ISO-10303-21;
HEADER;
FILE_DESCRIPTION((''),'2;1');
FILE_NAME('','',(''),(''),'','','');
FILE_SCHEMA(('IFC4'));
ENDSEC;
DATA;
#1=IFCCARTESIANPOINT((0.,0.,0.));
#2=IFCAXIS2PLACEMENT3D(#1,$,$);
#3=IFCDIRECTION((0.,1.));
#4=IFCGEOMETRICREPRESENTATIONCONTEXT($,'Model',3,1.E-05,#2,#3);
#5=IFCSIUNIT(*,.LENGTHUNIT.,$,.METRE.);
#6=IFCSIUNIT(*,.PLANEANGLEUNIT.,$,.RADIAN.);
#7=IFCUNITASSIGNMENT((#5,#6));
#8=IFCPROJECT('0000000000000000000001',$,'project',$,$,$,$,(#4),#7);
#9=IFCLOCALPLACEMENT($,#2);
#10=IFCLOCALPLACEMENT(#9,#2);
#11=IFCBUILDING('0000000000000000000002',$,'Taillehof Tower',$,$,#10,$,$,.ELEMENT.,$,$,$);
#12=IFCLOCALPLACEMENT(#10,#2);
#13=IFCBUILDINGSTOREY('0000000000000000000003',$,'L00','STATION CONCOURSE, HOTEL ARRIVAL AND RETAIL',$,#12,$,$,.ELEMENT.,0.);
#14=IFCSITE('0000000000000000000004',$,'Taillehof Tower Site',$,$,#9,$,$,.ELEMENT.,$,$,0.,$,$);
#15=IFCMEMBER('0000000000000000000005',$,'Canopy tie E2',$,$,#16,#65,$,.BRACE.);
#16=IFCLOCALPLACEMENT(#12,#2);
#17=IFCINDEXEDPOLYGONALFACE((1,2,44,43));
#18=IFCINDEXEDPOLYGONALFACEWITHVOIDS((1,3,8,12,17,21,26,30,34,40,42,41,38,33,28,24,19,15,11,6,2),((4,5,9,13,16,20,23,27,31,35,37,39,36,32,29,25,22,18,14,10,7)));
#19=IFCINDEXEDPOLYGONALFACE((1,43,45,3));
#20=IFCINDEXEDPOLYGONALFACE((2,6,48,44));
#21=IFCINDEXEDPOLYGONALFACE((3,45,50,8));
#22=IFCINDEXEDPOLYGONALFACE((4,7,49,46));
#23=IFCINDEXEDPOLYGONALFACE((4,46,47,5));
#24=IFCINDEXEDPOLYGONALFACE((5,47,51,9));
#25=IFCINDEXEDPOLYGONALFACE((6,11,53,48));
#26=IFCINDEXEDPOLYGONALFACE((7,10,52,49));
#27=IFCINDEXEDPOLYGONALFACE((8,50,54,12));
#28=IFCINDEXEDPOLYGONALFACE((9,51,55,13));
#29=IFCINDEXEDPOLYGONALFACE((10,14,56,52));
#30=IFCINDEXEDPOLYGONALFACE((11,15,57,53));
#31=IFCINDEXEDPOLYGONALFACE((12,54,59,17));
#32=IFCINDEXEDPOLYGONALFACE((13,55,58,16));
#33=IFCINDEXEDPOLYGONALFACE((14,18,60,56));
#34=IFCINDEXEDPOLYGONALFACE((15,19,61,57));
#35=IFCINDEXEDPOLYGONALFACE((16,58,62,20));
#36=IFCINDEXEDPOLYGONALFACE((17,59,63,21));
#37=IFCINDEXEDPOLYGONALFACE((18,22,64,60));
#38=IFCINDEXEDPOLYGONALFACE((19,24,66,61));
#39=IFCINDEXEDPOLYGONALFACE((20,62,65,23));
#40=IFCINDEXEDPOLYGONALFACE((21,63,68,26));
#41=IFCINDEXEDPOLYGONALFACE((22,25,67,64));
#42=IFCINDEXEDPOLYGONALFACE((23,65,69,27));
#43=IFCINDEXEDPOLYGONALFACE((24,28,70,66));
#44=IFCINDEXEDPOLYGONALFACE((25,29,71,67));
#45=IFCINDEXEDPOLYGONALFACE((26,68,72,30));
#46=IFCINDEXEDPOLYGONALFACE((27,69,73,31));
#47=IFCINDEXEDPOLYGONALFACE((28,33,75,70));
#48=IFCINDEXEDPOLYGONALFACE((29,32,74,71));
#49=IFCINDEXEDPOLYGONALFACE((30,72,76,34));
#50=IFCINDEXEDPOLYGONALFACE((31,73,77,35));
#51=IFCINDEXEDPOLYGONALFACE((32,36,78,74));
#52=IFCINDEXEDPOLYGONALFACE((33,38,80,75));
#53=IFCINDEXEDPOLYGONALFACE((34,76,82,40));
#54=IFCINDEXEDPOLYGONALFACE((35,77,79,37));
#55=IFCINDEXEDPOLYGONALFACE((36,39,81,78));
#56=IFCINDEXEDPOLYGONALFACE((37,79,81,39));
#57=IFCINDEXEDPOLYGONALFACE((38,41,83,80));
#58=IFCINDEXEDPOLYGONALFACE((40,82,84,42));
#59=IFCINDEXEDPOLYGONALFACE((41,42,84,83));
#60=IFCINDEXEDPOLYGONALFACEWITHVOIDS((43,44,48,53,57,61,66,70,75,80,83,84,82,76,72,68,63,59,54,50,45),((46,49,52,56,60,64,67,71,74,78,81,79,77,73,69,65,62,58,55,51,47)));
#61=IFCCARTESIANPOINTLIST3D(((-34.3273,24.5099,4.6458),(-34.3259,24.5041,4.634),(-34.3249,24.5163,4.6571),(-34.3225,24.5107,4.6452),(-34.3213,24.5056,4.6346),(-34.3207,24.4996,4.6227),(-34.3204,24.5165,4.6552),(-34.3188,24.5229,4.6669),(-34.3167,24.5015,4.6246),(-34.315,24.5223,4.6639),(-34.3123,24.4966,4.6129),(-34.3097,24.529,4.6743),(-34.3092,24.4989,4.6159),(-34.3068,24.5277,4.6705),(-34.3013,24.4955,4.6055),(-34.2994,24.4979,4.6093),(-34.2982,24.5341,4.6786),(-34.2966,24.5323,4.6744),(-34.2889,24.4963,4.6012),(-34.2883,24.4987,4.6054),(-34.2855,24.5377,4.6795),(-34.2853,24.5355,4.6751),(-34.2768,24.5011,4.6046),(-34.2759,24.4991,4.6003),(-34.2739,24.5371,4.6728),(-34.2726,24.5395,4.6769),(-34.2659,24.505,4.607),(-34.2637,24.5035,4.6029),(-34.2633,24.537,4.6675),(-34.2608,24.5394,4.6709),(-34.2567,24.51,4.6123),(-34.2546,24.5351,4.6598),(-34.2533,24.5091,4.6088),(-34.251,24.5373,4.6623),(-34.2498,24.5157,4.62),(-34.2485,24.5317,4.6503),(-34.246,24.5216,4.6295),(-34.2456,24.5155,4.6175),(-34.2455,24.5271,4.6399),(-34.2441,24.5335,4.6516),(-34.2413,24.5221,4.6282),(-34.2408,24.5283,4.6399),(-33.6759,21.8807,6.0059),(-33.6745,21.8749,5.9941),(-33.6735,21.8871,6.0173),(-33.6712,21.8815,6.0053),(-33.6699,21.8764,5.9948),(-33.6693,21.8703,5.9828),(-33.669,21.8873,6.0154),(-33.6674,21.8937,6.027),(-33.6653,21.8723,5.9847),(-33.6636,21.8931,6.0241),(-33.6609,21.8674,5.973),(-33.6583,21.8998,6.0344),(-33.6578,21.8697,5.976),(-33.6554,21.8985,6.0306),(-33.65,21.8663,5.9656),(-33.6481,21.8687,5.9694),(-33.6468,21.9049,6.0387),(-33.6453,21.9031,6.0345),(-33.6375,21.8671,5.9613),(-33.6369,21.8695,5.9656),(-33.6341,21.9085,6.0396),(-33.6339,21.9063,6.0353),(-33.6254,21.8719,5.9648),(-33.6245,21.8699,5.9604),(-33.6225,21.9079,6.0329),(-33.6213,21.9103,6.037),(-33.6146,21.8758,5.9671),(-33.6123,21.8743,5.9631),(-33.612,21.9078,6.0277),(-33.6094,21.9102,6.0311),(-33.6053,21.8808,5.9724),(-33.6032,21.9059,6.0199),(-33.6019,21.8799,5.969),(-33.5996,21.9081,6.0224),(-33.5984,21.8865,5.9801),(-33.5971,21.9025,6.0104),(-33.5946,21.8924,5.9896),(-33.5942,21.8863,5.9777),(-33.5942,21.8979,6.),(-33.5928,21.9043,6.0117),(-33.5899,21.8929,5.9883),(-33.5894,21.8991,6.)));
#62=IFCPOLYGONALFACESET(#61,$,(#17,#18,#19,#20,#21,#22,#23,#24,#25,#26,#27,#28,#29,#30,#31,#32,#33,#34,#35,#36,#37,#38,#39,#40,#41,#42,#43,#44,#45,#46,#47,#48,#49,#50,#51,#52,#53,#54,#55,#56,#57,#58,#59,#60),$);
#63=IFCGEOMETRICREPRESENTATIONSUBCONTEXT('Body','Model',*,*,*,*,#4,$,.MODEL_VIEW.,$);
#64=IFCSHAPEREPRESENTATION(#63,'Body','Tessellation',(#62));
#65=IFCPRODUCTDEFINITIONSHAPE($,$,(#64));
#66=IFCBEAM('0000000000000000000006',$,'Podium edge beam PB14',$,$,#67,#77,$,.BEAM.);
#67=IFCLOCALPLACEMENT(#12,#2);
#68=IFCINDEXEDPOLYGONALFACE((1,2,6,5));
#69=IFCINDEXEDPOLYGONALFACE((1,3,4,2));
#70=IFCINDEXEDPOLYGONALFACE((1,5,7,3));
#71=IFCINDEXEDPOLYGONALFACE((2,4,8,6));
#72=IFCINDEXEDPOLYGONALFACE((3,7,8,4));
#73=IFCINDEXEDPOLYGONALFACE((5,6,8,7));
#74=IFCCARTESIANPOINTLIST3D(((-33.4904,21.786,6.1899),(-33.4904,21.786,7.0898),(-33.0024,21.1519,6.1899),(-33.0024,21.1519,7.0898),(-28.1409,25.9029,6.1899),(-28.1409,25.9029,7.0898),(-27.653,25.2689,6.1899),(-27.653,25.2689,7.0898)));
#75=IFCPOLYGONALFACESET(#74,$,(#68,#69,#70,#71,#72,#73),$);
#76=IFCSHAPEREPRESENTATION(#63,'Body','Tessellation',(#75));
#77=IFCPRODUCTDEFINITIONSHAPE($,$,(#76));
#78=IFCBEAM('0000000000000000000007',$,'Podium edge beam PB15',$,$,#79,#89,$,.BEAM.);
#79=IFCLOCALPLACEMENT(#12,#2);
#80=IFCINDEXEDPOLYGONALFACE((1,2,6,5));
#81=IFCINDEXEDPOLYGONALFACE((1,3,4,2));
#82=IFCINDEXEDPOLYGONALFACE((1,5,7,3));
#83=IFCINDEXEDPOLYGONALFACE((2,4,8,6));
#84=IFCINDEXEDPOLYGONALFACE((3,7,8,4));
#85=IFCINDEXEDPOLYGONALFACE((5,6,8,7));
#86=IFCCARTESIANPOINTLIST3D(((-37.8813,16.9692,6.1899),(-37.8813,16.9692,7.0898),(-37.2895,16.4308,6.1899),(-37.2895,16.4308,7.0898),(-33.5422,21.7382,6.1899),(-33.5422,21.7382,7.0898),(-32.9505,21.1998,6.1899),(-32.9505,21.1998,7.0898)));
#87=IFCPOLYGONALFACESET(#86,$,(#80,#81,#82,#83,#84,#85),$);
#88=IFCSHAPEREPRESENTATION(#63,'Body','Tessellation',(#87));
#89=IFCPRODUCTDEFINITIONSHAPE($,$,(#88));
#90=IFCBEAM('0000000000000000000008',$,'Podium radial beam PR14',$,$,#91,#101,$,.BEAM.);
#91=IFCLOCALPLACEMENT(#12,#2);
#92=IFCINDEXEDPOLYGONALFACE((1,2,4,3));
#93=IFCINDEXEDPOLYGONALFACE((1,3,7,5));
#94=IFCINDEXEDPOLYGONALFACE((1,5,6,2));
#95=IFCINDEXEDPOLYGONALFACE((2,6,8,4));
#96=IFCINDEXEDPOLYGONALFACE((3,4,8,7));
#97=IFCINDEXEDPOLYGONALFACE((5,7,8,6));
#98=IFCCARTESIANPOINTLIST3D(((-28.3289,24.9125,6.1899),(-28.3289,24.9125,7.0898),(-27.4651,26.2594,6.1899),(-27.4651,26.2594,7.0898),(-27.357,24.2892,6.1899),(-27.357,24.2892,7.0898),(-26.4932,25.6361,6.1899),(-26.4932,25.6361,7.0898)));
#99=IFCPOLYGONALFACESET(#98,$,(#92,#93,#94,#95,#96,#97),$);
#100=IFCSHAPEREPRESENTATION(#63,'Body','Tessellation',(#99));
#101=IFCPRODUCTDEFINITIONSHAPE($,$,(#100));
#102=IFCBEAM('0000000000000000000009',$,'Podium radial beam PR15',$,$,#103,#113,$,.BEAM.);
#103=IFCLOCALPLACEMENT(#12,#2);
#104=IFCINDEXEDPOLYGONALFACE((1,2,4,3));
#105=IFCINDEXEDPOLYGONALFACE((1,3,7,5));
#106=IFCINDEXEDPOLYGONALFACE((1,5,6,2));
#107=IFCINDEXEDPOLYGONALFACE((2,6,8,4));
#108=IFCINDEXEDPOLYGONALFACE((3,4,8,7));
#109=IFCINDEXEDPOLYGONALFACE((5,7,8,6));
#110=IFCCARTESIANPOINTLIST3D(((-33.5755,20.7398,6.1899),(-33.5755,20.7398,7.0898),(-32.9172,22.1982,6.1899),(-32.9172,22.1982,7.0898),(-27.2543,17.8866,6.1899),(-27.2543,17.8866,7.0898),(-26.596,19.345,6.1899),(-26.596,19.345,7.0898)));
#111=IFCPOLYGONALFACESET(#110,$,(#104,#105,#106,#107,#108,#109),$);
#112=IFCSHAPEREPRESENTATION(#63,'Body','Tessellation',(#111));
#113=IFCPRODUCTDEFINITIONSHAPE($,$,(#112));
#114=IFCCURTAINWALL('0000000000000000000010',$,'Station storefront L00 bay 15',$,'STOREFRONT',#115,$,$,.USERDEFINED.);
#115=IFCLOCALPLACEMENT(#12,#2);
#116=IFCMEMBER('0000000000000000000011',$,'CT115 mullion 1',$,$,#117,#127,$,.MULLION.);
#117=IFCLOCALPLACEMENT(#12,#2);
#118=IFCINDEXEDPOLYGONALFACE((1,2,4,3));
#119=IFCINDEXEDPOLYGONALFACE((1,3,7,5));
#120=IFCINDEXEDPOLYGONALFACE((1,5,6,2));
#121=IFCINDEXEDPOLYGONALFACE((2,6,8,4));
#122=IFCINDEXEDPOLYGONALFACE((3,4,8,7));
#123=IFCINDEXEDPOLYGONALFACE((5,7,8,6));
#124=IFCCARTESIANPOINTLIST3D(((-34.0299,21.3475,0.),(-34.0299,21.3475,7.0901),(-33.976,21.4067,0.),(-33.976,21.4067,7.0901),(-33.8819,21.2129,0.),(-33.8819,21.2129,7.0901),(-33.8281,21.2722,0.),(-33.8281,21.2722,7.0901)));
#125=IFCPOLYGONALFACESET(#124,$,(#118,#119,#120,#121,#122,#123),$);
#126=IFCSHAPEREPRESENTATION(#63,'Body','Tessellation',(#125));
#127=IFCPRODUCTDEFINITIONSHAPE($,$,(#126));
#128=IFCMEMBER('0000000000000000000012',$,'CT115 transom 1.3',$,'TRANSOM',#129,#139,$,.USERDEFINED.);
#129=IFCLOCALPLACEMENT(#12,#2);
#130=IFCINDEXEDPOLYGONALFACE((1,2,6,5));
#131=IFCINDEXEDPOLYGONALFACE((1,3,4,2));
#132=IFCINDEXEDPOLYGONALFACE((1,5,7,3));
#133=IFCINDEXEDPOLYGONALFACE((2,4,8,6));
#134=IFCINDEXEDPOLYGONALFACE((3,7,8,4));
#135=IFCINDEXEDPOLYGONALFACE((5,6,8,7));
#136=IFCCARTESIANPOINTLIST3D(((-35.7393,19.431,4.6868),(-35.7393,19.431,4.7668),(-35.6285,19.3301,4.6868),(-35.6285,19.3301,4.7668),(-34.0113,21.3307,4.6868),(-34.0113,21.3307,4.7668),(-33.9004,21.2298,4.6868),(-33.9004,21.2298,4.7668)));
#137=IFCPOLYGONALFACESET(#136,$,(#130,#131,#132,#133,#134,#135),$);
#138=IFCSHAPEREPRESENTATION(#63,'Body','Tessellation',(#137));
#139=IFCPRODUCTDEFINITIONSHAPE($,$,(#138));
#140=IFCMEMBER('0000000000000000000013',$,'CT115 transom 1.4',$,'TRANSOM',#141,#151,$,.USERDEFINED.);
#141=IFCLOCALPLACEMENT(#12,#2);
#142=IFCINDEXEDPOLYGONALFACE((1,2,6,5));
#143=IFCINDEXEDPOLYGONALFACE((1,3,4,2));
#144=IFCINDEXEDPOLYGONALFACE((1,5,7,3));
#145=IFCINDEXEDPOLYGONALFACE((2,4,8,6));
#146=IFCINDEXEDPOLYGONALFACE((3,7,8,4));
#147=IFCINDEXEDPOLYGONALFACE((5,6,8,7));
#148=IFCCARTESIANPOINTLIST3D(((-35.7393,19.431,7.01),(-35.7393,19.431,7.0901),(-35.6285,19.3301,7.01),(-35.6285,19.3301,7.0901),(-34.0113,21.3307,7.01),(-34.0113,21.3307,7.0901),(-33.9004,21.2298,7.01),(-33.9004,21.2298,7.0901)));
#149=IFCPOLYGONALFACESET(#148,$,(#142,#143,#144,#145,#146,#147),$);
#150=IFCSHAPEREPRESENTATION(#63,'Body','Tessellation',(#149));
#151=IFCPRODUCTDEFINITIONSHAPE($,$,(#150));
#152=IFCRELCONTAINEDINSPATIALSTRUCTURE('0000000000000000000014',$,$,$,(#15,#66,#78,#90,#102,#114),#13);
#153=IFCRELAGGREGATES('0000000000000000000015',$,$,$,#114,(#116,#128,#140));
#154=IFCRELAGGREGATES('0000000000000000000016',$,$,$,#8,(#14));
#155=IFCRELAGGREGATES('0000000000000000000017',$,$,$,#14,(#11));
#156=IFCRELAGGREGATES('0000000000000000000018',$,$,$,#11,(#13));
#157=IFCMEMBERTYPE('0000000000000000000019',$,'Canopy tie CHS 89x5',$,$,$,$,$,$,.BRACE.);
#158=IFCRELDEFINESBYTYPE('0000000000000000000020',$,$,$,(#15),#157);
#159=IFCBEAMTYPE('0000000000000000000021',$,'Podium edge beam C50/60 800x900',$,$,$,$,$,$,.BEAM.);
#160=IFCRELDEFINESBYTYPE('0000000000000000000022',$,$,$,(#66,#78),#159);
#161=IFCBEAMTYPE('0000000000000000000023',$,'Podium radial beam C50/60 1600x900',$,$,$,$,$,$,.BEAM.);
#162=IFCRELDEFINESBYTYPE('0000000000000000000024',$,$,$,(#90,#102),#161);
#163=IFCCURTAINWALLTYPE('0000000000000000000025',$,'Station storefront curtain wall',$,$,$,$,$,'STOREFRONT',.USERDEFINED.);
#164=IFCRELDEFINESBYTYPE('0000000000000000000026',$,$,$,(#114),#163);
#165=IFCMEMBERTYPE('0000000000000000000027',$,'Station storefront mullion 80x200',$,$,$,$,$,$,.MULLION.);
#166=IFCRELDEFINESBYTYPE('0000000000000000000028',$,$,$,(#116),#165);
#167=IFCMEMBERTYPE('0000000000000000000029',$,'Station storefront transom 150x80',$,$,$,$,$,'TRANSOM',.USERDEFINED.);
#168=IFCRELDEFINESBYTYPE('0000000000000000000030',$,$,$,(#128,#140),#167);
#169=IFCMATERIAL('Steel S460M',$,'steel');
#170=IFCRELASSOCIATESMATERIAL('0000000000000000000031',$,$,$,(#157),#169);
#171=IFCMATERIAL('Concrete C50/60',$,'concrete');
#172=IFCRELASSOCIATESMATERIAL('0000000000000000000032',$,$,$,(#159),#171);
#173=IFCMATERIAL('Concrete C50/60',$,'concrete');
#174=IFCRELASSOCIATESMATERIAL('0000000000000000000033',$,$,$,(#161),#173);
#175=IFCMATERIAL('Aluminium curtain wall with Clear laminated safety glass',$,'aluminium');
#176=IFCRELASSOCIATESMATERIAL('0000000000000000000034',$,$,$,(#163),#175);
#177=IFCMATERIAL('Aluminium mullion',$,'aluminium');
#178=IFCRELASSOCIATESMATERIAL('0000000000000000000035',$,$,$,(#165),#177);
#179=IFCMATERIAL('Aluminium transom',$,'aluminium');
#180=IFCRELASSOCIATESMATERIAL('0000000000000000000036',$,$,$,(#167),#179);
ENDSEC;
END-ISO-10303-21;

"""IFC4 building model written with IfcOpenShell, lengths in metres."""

from ifc_helpers import new_model, si_unit, direction, frame, origin, origin_2d, place, context, subcontext, project, spatial, rectangle, hollow_circle, extrude, material, material_profile, profile_set, type_object, element, aggregate, save


model = new_model("IFC4")

# Units and contexts
model_context = context("Model", 3, precision=1e-05, world=origin(), true_north=direction((0.0, 1.0)))
body_context = subcontext(model_context, "Body", "Model", "MODEL_VIEW")
ifc_project = project(units=[si_unit("LENGTHUNIT", "METRE"), si_unit("PLANEANGLEUNIT", "RADIAN")], contexts=[model_context])

# Site, building, storey
site_placement = place(None, origin())
site = spatial("IfcSite", under=ifc_project, at=site_placement, Name="Taillehof Tower Site", CompositionType="ELEMENT", RefElevation=0.0)
building_placement = place(site_placement, origin())
building = spatial("IfcBuilding", under=site, at=building_placement, Name="Taillehof Tower", CompositionType="ELEMENT")
storey_placement = place(building_placement, origin())
storey = spatial("IfcBuildingStorey", under=building, at=storey_placement, Name="L00", Description="STATION CONCOURSE, HOTEL ARRIVAL AND RETAIL", CompositionType="ELEMENT", Elevation=0.0)

# Member
ifc_material_1 = material(Name="Steel S460M", Category="steel")
ifc_material_profile_1 = material_profile(ifc_material_1, hollow_circle(Radius=0.0444, WallThickness=0.0049, at=origin_2d()), Name="CHS 89x5")
ifc_profile_set_1 = profile_set([ifc_material_profile_1], Name="Steel S460M")
member_type_1 = type_object("IfcMemberType", Name="Canopy tie CHS 89x5", PredefinedType="BRACE", material=ifc_profile_set_1)
member_1_placement = place(storey_placement, frame((-34.2839, 24.5176, 4.6399), z_axis=(0.214906, -0.867437, 0.448741), x_axis=(0.970655, 0.240478, 0.0)))
element("IfcMember", 1, at=member_1_placement, inside=storey, type_object=member_type_1, Name="Canopy tie E2", PredefinedType="BRACE", context=body_context, shape_type="SweptSolid", body=[
    extrude(hollow_circle(Radius=0.0444, WallThickness=0.0049, at=origin_2d()), origin(), (0.0, 0.0, 1.0), 3.031),
])

# Beams
ifc_material_2 = material(Name="Concrete C50/60", Category="concrete")
ifc_material_profile_2 = material_profile(ifc_material_2, rectangle(XDim=0.8, YDim=0.8999, at=origin_2d()), Name="RC 800x900")
ifc_profile_set_2 = profile_set([ifc_material_profile_2], Name="Concrete C50/60")
beam_type_1 = type_object("IfcBeamType", Name="Podium edge beam C50/60 800x900", PredefinedType="BEAM", material=ifc_profile_set_2)
beam_1_placement = place(storey_placement, frame((-27.897, 25.5859, 6.6399), z_axis=(-0.792477, -0.609901, 0.0), x_axis=(0.609901, -0.792477, 0.0)))
element("IfcBeam", 2, at=beam_1_placement, inside=storey, type_object=beam_type_1, Name="Podium edge beam PB14", PredefinedType="BEAM", context=body_context, shape_type="SweptSolid", body=[
    extrude(rectangle(XDim=0.8, YDim=0.8999, at=origin_2d()), origin(), (0.0, 0.0, 1.0), 6.7502),
])
beam_2_placement = place(storey_placement, frame((-33.2463, 21.469, 6.6399), z_axis=(-0.67298, -0.739661, 0.0), x_axis=(0.739661, -0.67298, 0.0)))
element("IfcBeam", 3, at=beam_2_placement, inside=storey, type_object=beam_type_1, Name="Podium edge beam PB15", PredefinedType="BEAM", context=body_context, shape_type="SweptSolid", body=[
    extrude(rectangle(XDim=0.8, YDim=0.8999, at=origin_2d()), origin(), (0.0, 0.0, 1.0), 6.4475),
])
ifc_material_3 = material(Name="Concrete C50/60", Category="concrete")
ifc_material_profile_3 = material_profile(ifc_material_3, rectangle(XDim=1.6001, YDim=0.8999, at=origin_2d()), Name="RC 1600x900")
ifc_profile_set_3 = profile_set([ifc_material_profile_3], Name="Concrete C50/60")
beam_type_2 = type_object("IfcBeamType", Name="Podium radial beam C50/60 1600x900", PredefinedType="BEAM", material=ifc_profile_set_3)
beam_3_placement = place(storey_placement, frame((-27.897, 25.5859, 6.6399), z_axis=(0.841776, -0.539827, 0.0), x_axis=(0.539827, 0.841776, 0.0)))
element("IfcBeam", 4, at=beam_3_placement, inside=storey, type_object=beam_type_2, Name="Podium radial beam PR14", PredefinedType="BEAM", context=body_context, shape_type="SweptSolid", body=[
    extrude(rectangle(XDim=1.6001, YDim=0.8999, at=origin_2d()), origin(), (0.0, 0.0, 1.0), 1.1545),
])
beam_4_placement = place(storey_placement, frame((-33.2463, 21.469, 6.6399), z_axis=(0.911452, -0.411407, 0.0), x_axis=(0.411407, 0.911452, 0.0)))
element("IfcBeam", 5, at=beam_4_placement, inside=storey, type_object=beam_type_2, Name="Podium radial beam PR15", PredefinedType="BEAM", context=body_context, shape_type="SweptSolid", body=[
    extrude(rectangle(XDim=1.6001, YDim=0.8999, at=origin_2d()), origin(), (0.0, 0.0, 1.0), 6.9353),
])

# Curtain wall, members
ifc_material_4 = material(Name="Aluminium curtain wall with Clear laminated safety glass", Category="aluminium")
curtain_wall_type = type_object("IfcCurtainWallType", Name="Station storefront curtain wall", ElementType="STOREFRONT", PredefinedType="USERDEFINED", material=ifc_material_4)
curtain_wall_placement = place(storey_placement, origin())
curtain_wall = element("IfcCurtainWall", 6, at=curtain_wall_placement, inside=storey, type_object=curtain_wall_type, Name="Station storefront L00 bay 15", ObjectType="STOREFRONT", PredefinedType="USERDEFINED")
ifc_material_5 = material(Name="Aluminium mullion", Category="aluminium")
ifc_material_profile_4 = material_profile(ifc_material_5, rectangle(XDim=0.2, YDim=0.0801, at=origin_2d()), Name="AL 80x200")
ifc_profile_set_4 = profile_set([ifc_material_profile_4], Name="Aluminium mullion")
member_type_2 = type_object("IfcMemberType", Name="Station storefront mullion 80x200", PredefinedType="MULLION", material=ifc_profile_set_4)
member_2_placement = place(storey_placement, frame((-33.929, 21.3098, 0.0), z_axis=(0.0, 0.0, 1.0), x_axis=(0.739707, -0.672929, 0.0)))
member_2 = element("IfcMember", 7, at=member_2_placement, type_object=member_type_2, Name="CT115 mullion 1", PredefinedType="MULLION", context=body_context, shape_type="SweptSolid", body=[
    extrude(rectangle(XDim=0.2, YDim=0.0801, at=origin_2d()), origin(), (0.0, 0.0, 1.0), 7.0901),
])
ifc_material_6 = material(Name="Aluminium transom", Category="aluminium")
ifc_material_profile_5 = material_profile(ifc_material_6, rectangle(XDim=0.1499, YDim=0.0801, at=origin_2d()), Name="AL 150x80")
ifc_profile_set_5 = profile_set([ifc_material_profile_5], Name="Aluminium transom")
member_type_3 = type_object("IfcMemberType", Name="Station storefront transom 150x80", ElementType="TRANSOM", PredefinedType="USERDEFINED", material=ifc_profile_set_5)
member_3_placement = place(storey_placement, frame((-33.9558, 21.2803, 4.7268), z_axis=(-0.6729, -0.739734, 0.0), x_axis=(0.739734, -0.6729, 0.0)))
member_3 = element("IfcMember", 8, at=member_3_placement, type_object=member_type_3, Name="CT115 transom 1.3", ObjectType="TRANSOM", PredefinedType="USERDEFINED", context=body_context, shape_type="SweptSolid", body=[
    extrude(rectangle(XDim=0.1499, YDim=0.0801, at=origin_2d()), origin(), (0.0, 0.0, 1.0), 2.5681),
])
member_4_placement = place(storey_placement, frame((-33.9558, 21.2803, 7.05), z_axis=(-0.6729, -0.739734, 0.0), x_axis=(0.739734, -0.6729, 0.0)))
member_4 = element("IfcMember", 9, at=member_4_placement, type_object=member_type_3, Name="CT115 transom 1.4", ObjectType="TRANSOM", PredefinedType="USERDEFINED", context=body_context, shape_type="SweptSolid", body=[
    extrude(rectangle(XDim=0.1499, YDim=0.0801, at=origin_2d()), origin(), (0.0, 0.0, 1.0), 2.5681),
])
aggregate(curtain_wall, [member_2, member_3, member_4])

save(model, "model.ifc")
